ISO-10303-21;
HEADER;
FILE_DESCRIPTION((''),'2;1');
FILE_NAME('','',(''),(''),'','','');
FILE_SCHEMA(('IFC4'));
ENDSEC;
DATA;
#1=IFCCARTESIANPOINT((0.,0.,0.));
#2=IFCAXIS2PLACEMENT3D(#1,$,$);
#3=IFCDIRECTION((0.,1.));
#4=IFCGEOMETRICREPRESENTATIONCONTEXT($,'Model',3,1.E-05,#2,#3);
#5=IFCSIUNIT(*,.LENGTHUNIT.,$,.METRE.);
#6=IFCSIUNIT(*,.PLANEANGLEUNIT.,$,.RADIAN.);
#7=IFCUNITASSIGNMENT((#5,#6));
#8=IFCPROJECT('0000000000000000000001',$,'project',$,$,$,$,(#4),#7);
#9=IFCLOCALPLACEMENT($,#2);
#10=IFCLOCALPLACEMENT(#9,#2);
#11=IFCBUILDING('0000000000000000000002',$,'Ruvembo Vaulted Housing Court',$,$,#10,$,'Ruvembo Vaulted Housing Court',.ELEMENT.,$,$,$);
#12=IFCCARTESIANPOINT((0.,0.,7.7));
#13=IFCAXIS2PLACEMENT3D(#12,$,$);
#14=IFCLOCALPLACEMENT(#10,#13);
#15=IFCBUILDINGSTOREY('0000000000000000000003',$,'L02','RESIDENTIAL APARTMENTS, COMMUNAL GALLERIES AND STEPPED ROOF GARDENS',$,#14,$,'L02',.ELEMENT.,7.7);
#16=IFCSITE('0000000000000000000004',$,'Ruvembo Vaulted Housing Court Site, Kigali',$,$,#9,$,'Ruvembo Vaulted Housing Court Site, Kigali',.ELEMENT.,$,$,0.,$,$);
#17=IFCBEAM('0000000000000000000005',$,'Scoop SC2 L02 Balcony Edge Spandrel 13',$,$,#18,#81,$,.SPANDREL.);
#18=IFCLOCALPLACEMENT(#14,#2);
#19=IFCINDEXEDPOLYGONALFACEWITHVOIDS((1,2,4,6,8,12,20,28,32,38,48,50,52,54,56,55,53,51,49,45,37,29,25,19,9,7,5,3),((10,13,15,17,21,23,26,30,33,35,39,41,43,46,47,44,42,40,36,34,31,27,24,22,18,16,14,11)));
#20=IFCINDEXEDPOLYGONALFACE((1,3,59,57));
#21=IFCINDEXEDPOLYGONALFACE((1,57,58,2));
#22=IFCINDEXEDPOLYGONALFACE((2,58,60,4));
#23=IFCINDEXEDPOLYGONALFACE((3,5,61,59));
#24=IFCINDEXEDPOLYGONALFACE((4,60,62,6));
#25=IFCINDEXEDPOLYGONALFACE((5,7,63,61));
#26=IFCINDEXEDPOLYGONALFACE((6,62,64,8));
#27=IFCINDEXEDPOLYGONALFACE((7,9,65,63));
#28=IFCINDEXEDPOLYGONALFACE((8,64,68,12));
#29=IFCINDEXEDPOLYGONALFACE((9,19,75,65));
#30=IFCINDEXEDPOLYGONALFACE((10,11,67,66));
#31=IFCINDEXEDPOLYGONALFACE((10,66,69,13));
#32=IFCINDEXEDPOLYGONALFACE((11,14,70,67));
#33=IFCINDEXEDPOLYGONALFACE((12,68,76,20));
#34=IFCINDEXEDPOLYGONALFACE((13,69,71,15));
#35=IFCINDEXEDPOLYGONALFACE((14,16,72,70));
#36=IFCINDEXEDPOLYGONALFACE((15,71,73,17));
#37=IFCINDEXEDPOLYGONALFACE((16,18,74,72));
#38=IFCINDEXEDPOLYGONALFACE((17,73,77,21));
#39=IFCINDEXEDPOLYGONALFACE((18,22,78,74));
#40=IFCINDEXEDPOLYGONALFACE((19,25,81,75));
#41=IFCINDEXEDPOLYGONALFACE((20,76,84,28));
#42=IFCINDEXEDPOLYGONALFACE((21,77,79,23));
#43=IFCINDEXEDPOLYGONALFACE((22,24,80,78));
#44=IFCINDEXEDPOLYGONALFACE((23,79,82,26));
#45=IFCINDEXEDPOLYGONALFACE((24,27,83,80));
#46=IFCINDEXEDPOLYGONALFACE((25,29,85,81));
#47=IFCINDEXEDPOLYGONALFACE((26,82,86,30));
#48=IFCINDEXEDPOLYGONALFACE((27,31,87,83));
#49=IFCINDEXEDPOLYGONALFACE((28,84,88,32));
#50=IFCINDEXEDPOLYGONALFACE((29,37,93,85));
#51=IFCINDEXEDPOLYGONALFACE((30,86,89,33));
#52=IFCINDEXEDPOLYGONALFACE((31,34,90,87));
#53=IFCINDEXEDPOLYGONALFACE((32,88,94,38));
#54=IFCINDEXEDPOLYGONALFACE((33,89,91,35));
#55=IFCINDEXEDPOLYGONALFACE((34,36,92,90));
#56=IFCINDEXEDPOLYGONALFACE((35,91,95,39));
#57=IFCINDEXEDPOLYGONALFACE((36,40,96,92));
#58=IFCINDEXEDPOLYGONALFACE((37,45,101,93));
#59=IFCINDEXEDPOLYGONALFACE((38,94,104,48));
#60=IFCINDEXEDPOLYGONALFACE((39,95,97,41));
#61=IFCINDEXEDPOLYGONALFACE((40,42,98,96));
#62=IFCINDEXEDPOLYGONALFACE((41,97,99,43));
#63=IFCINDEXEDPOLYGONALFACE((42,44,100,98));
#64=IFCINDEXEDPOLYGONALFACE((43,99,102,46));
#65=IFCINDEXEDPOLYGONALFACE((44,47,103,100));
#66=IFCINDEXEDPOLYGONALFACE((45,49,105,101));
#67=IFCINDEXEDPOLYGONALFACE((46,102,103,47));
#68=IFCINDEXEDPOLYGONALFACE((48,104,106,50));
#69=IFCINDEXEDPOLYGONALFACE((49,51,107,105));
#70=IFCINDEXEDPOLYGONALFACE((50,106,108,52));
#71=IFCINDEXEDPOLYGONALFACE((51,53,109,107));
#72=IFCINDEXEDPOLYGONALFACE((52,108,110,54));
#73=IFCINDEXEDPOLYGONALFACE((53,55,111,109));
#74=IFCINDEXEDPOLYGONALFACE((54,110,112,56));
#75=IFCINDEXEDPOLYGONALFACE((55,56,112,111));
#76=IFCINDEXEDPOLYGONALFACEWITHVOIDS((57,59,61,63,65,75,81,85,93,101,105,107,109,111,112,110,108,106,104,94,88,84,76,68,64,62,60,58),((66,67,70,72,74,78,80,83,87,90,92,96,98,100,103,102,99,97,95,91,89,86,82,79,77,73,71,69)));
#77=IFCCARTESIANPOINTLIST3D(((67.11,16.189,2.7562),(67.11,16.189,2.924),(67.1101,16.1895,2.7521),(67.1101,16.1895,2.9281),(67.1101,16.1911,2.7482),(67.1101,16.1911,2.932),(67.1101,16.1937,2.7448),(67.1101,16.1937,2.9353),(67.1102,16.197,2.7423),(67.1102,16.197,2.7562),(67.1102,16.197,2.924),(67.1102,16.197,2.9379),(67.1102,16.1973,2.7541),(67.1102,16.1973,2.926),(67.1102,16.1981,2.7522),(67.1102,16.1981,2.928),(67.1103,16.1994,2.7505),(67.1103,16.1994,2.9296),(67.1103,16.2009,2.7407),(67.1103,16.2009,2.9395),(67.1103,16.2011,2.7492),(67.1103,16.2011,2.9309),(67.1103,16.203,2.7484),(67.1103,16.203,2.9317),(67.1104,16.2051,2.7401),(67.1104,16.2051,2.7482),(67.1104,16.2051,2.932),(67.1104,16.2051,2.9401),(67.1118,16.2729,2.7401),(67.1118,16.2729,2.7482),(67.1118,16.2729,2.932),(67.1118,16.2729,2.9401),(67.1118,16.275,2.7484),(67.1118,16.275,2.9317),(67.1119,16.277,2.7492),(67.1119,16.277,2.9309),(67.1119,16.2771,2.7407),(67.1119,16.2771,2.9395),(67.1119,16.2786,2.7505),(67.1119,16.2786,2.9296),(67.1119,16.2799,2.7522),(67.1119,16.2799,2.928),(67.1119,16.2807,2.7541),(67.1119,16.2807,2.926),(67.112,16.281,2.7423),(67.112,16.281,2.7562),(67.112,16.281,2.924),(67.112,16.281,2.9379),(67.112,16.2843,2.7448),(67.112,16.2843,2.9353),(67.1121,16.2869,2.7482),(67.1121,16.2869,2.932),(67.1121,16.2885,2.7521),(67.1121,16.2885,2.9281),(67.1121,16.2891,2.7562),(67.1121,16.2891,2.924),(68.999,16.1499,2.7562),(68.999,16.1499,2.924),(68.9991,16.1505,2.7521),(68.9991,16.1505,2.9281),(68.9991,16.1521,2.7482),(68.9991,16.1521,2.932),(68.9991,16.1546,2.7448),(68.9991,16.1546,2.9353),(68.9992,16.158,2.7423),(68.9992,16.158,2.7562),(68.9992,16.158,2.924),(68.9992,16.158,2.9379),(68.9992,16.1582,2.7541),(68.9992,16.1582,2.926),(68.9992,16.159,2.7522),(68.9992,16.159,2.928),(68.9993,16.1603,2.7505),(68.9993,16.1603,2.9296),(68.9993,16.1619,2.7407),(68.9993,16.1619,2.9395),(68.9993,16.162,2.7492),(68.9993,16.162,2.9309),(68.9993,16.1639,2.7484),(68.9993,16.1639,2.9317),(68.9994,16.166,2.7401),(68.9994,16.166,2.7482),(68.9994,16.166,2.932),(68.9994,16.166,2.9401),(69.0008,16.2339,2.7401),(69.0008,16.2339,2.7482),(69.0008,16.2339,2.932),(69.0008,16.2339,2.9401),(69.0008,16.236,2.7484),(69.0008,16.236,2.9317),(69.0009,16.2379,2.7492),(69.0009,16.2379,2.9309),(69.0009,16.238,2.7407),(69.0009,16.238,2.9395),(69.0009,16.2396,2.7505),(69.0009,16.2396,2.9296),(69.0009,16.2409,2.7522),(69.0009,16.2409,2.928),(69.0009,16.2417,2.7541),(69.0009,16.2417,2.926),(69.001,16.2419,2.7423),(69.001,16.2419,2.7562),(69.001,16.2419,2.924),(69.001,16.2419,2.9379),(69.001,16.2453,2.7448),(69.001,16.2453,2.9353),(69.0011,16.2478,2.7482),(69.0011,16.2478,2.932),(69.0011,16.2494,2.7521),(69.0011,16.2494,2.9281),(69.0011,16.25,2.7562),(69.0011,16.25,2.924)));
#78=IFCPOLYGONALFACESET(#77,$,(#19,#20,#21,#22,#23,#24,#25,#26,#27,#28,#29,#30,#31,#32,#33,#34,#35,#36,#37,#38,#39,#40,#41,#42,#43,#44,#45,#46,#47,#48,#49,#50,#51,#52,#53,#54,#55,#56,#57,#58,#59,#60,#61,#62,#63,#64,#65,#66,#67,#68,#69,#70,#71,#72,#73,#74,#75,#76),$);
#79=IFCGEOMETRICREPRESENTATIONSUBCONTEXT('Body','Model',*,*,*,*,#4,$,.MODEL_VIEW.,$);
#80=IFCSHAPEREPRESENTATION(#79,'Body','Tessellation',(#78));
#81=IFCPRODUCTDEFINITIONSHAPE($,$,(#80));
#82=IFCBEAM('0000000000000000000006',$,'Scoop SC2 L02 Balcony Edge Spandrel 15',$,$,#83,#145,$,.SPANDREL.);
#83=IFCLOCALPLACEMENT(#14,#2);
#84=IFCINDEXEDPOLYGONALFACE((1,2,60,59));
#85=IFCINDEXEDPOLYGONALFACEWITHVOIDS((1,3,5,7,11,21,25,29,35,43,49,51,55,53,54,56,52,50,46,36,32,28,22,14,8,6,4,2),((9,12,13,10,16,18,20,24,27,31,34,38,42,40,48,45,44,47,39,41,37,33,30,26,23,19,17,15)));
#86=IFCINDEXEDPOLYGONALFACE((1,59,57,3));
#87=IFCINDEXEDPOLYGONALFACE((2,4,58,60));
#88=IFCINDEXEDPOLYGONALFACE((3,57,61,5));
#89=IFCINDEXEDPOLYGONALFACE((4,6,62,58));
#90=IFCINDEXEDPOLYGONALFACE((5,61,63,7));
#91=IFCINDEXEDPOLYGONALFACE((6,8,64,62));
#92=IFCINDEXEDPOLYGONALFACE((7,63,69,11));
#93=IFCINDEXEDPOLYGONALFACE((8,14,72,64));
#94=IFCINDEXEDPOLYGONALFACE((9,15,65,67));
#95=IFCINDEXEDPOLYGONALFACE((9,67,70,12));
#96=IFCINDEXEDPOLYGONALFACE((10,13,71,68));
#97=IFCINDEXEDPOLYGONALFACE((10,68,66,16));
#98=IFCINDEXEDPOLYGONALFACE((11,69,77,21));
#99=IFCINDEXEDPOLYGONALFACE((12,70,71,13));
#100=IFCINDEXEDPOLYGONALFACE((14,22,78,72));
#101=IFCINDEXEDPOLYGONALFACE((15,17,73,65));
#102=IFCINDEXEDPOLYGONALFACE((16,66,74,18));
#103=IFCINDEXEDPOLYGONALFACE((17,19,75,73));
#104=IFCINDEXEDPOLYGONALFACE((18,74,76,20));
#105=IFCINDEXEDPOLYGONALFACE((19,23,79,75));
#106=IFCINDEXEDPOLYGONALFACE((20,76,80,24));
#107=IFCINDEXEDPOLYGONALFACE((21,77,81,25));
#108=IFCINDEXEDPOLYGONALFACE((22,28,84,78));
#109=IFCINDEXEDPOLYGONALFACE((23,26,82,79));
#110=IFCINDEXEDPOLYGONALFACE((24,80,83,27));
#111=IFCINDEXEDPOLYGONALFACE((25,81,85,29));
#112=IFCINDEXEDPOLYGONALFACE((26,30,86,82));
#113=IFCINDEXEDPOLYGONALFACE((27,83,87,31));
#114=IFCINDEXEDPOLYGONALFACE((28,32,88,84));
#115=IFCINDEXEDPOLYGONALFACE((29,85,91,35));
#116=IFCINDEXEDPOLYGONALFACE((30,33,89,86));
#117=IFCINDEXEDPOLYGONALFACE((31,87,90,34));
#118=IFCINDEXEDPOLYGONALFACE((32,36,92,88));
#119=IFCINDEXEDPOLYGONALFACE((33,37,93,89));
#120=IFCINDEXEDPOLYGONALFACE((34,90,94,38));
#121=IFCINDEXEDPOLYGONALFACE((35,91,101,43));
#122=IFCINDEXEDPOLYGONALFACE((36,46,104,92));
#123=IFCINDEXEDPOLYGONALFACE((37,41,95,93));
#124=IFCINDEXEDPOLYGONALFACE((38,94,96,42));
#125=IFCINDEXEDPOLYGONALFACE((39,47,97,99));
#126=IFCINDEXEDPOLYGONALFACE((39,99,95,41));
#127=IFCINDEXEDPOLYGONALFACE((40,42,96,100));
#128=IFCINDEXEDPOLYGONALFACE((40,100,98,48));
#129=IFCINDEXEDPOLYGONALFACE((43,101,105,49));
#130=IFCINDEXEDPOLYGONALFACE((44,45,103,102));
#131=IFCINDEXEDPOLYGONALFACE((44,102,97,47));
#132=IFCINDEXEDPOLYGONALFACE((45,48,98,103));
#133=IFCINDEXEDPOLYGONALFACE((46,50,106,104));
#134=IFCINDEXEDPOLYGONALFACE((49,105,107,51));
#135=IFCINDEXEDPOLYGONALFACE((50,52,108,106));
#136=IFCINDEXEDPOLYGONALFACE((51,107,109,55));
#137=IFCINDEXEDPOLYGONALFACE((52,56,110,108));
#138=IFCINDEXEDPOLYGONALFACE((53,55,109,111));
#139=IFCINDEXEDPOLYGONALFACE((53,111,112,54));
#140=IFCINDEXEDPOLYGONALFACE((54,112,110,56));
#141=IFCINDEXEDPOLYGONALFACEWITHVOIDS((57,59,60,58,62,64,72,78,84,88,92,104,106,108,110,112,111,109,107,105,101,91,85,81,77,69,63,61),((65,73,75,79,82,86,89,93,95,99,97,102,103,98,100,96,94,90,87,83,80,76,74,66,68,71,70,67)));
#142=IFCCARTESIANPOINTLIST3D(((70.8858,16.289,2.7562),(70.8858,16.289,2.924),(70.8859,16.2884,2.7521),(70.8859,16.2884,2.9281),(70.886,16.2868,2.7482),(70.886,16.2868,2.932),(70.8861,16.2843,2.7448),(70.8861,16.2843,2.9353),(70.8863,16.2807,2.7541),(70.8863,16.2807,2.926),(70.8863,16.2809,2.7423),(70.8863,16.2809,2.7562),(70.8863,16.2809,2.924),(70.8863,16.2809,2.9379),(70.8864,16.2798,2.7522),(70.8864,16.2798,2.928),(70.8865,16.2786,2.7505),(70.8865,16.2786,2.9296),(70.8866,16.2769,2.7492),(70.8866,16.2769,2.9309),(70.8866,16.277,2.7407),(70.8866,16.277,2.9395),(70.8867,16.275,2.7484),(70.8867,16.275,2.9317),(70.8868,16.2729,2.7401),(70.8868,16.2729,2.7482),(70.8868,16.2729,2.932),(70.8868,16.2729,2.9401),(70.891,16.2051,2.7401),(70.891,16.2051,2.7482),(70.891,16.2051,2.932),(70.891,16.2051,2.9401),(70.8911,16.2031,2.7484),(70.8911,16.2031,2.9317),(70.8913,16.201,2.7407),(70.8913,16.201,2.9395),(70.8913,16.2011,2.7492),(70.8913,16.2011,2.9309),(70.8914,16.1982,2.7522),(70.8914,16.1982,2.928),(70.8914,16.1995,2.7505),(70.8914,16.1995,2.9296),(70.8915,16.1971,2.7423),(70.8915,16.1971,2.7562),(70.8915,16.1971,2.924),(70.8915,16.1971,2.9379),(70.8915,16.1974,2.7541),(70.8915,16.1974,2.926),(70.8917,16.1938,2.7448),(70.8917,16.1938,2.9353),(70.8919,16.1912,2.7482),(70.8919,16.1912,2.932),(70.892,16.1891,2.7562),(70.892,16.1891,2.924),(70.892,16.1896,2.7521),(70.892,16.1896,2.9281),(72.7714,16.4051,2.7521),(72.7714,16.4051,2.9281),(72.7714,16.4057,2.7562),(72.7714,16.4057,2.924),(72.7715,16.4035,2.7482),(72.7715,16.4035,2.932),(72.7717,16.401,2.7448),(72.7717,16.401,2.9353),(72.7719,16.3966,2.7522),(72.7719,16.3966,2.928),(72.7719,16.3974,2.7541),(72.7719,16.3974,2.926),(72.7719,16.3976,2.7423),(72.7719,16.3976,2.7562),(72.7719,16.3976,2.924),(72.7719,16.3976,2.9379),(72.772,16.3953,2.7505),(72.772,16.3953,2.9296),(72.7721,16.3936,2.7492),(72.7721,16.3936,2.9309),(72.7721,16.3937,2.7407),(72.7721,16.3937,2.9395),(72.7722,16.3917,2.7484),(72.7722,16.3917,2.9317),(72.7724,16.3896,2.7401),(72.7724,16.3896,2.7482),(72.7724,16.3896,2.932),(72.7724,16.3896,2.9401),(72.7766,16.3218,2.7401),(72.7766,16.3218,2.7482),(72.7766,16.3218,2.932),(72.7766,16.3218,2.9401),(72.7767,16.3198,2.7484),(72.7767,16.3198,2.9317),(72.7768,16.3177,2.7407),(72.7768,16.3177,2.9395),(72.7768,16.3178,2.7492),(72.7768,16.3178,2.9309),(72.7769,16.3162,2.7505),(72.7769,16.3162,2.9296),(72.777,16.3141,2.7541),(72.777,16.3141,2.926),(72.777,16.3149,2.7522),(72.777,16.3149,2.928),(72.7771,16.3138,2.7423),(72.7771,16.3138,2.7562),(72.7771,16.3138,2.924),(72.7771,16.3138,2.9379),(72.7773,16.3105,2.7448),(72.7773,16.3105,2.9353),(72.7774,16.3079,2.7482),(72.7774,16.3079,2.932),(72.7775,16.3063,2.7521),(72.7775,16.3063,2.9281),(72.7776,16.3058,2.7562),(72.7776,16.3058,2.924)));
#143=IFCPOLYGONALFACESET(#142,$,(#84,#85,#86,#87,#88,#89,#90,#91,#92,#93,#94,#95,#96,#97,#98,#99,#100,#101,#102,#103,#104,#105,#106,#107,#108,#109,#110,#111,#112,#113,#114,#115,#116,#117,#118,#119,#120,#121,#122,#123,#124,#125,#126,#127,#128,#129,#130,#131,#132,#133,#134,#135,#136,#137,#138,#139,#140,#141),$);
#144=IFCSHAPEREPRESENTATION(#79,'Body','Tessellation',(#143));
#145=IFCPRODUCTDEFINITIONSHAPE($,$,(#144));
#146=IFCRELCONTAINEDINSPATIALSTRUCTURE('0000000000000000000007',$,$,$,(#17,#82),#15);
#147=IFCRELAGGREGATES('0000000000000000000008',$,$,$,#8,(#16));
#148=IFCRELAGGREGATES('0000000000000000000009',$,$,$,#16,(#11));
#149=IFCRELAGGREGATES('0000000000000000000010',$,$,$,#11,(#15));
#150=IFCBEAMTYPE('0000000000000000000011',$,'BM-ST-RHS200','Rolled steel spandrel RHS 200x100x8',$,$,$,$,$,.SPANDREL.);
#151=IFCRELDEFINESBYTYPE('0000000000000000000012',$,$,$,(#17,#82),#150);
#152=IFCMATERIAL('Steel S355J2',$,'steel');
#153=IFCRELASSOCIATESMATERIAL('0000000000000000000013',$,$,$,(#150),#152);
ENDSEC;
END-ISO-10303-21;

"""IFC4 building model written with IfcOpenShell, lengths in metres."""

from ifc_helpers import new_model, si_unit, direction, frame, origin, origin_2d, place, context, subcontext, project, spatial, hollow_rectangle, extrude, material, material_profile, profile_set, type_object, element, save


model = new_model("IFC4")

# Units and contexts
model_context = context("Model", 3, precision=1e-05, world=origin(), true_north=direction((0.0, 1.0)))
body_context = subcontext(model_context, "Body", "Model", "MODEL_VIEW")
ifc_project = project(units=[si_unit("LENGTHUNIT", "METRE"), si_unit("PLANEANGLEUNIT", "RADIAN")], contexts=[model_context])

# Site, building, storey
site_placement = place(None, origin())
site = spatial("IfcSite", under=ifc_project, at=site_placement, Name="Ruvembo Vaulted Housing Court Site, Kigali", LongName="Ruvembo Vaulted Housing Court Site, Kigali", CompositionType="ELEMENT", RefElevation=0.0)
building_placement = place(site_placement, origin())
building = spatial("IfcBuilding", under=site, at=building_placement, Name="Ruvembo Vaulted Housing Court", LongName="Ruvembo Vaulted Housing Court", CompositionType="ELEMENT")
storey_placement = place(building_placement, frame((0.0, 0.0, 7.7)))
storey = spatial("IfcBuildingStorey", under=building, at=storey_placement, Name="L02", Description="RESIDENTIAL APARTMENTS, COMMUNAL GALLERIES AND STEPPED ROOF GARDENS", LongName="L02", CompositionType="ELEMENT", Elevation=7.7)

# Beams
ifc_material_1 = material(Name="Steel S355J2", Category="steel")
ifc_material_profile_1 = material_profile(ifc_material_1, hollow_rectangle(XDim=0.1001, YDim=0.2, WallThickness=0.0081, InnerFilletRadius=0.0081, OuterFilletRadius=0.0161, at=origin_2d()), Name="RHS 200x100x8")
ifc_profile_set_1 = profile_set([ifc_material_profile_1], Name="Steel S355J2")
beam_type = type_object("IfcBeamType", Name="BM-ST-RHS200", Description="Rolled steel spandrel RHS 200x100x8", PredefinedType="SPANDREL", material=ifc_profile_set_1)
beam_1_placement = place(storey_placement, frame((67.1111, 16.239, 2.8401), z_axis=(0.999786, -0.020675, 0.0), x_axis=(0.020675, 0.999786, 0.0)))
element("IfcBeam", 1, at=beam_1_placement, inside=storey, type_object=beam_type, Name="Scoop SC2 L02 Balcony Edge Spandrel 13", PredefinedType="SPANDREL", context=body_context, shape_type="SweptSolid", body=[
    extrude(hollow_rectangle(XDim=0.1001, YDim=0.2, WallThickness=0.0081, InnerFilletRadius=0.0081, OuterFilletRadius=0.0161, at=origin_2d()), origin(), (0.0, 0.0, 1.0), 1.8894),
])
beam_2_placement = place(storey_placement, frame((70.8889, 16.239, 2.8401), z_axis=(0.99809, 0.061775, 0.0), x_axis=(-0.061775, 0.99809, 0.0)))
element("IfcBeam", 2, at=beam_2_placement, inside=storey, type_object=beam_type, Name="Scoop SC2 L02 Balcony Edge Spandrel 15", PredefinedType="SPANDREL", context=body_context, shape_type="SweptSolid", body=[
    extrude(hollow_rectangle(XDim=0.1001, YDim=0.2, WallThickness=0.0081, InnerFilletRadius=0.0081, OuterFilletRadius=0.0161, at=origin_2d()), origin(), (0.0, 0.0, 1.0), 1.8892),
])

save(model, "model.ifc")
